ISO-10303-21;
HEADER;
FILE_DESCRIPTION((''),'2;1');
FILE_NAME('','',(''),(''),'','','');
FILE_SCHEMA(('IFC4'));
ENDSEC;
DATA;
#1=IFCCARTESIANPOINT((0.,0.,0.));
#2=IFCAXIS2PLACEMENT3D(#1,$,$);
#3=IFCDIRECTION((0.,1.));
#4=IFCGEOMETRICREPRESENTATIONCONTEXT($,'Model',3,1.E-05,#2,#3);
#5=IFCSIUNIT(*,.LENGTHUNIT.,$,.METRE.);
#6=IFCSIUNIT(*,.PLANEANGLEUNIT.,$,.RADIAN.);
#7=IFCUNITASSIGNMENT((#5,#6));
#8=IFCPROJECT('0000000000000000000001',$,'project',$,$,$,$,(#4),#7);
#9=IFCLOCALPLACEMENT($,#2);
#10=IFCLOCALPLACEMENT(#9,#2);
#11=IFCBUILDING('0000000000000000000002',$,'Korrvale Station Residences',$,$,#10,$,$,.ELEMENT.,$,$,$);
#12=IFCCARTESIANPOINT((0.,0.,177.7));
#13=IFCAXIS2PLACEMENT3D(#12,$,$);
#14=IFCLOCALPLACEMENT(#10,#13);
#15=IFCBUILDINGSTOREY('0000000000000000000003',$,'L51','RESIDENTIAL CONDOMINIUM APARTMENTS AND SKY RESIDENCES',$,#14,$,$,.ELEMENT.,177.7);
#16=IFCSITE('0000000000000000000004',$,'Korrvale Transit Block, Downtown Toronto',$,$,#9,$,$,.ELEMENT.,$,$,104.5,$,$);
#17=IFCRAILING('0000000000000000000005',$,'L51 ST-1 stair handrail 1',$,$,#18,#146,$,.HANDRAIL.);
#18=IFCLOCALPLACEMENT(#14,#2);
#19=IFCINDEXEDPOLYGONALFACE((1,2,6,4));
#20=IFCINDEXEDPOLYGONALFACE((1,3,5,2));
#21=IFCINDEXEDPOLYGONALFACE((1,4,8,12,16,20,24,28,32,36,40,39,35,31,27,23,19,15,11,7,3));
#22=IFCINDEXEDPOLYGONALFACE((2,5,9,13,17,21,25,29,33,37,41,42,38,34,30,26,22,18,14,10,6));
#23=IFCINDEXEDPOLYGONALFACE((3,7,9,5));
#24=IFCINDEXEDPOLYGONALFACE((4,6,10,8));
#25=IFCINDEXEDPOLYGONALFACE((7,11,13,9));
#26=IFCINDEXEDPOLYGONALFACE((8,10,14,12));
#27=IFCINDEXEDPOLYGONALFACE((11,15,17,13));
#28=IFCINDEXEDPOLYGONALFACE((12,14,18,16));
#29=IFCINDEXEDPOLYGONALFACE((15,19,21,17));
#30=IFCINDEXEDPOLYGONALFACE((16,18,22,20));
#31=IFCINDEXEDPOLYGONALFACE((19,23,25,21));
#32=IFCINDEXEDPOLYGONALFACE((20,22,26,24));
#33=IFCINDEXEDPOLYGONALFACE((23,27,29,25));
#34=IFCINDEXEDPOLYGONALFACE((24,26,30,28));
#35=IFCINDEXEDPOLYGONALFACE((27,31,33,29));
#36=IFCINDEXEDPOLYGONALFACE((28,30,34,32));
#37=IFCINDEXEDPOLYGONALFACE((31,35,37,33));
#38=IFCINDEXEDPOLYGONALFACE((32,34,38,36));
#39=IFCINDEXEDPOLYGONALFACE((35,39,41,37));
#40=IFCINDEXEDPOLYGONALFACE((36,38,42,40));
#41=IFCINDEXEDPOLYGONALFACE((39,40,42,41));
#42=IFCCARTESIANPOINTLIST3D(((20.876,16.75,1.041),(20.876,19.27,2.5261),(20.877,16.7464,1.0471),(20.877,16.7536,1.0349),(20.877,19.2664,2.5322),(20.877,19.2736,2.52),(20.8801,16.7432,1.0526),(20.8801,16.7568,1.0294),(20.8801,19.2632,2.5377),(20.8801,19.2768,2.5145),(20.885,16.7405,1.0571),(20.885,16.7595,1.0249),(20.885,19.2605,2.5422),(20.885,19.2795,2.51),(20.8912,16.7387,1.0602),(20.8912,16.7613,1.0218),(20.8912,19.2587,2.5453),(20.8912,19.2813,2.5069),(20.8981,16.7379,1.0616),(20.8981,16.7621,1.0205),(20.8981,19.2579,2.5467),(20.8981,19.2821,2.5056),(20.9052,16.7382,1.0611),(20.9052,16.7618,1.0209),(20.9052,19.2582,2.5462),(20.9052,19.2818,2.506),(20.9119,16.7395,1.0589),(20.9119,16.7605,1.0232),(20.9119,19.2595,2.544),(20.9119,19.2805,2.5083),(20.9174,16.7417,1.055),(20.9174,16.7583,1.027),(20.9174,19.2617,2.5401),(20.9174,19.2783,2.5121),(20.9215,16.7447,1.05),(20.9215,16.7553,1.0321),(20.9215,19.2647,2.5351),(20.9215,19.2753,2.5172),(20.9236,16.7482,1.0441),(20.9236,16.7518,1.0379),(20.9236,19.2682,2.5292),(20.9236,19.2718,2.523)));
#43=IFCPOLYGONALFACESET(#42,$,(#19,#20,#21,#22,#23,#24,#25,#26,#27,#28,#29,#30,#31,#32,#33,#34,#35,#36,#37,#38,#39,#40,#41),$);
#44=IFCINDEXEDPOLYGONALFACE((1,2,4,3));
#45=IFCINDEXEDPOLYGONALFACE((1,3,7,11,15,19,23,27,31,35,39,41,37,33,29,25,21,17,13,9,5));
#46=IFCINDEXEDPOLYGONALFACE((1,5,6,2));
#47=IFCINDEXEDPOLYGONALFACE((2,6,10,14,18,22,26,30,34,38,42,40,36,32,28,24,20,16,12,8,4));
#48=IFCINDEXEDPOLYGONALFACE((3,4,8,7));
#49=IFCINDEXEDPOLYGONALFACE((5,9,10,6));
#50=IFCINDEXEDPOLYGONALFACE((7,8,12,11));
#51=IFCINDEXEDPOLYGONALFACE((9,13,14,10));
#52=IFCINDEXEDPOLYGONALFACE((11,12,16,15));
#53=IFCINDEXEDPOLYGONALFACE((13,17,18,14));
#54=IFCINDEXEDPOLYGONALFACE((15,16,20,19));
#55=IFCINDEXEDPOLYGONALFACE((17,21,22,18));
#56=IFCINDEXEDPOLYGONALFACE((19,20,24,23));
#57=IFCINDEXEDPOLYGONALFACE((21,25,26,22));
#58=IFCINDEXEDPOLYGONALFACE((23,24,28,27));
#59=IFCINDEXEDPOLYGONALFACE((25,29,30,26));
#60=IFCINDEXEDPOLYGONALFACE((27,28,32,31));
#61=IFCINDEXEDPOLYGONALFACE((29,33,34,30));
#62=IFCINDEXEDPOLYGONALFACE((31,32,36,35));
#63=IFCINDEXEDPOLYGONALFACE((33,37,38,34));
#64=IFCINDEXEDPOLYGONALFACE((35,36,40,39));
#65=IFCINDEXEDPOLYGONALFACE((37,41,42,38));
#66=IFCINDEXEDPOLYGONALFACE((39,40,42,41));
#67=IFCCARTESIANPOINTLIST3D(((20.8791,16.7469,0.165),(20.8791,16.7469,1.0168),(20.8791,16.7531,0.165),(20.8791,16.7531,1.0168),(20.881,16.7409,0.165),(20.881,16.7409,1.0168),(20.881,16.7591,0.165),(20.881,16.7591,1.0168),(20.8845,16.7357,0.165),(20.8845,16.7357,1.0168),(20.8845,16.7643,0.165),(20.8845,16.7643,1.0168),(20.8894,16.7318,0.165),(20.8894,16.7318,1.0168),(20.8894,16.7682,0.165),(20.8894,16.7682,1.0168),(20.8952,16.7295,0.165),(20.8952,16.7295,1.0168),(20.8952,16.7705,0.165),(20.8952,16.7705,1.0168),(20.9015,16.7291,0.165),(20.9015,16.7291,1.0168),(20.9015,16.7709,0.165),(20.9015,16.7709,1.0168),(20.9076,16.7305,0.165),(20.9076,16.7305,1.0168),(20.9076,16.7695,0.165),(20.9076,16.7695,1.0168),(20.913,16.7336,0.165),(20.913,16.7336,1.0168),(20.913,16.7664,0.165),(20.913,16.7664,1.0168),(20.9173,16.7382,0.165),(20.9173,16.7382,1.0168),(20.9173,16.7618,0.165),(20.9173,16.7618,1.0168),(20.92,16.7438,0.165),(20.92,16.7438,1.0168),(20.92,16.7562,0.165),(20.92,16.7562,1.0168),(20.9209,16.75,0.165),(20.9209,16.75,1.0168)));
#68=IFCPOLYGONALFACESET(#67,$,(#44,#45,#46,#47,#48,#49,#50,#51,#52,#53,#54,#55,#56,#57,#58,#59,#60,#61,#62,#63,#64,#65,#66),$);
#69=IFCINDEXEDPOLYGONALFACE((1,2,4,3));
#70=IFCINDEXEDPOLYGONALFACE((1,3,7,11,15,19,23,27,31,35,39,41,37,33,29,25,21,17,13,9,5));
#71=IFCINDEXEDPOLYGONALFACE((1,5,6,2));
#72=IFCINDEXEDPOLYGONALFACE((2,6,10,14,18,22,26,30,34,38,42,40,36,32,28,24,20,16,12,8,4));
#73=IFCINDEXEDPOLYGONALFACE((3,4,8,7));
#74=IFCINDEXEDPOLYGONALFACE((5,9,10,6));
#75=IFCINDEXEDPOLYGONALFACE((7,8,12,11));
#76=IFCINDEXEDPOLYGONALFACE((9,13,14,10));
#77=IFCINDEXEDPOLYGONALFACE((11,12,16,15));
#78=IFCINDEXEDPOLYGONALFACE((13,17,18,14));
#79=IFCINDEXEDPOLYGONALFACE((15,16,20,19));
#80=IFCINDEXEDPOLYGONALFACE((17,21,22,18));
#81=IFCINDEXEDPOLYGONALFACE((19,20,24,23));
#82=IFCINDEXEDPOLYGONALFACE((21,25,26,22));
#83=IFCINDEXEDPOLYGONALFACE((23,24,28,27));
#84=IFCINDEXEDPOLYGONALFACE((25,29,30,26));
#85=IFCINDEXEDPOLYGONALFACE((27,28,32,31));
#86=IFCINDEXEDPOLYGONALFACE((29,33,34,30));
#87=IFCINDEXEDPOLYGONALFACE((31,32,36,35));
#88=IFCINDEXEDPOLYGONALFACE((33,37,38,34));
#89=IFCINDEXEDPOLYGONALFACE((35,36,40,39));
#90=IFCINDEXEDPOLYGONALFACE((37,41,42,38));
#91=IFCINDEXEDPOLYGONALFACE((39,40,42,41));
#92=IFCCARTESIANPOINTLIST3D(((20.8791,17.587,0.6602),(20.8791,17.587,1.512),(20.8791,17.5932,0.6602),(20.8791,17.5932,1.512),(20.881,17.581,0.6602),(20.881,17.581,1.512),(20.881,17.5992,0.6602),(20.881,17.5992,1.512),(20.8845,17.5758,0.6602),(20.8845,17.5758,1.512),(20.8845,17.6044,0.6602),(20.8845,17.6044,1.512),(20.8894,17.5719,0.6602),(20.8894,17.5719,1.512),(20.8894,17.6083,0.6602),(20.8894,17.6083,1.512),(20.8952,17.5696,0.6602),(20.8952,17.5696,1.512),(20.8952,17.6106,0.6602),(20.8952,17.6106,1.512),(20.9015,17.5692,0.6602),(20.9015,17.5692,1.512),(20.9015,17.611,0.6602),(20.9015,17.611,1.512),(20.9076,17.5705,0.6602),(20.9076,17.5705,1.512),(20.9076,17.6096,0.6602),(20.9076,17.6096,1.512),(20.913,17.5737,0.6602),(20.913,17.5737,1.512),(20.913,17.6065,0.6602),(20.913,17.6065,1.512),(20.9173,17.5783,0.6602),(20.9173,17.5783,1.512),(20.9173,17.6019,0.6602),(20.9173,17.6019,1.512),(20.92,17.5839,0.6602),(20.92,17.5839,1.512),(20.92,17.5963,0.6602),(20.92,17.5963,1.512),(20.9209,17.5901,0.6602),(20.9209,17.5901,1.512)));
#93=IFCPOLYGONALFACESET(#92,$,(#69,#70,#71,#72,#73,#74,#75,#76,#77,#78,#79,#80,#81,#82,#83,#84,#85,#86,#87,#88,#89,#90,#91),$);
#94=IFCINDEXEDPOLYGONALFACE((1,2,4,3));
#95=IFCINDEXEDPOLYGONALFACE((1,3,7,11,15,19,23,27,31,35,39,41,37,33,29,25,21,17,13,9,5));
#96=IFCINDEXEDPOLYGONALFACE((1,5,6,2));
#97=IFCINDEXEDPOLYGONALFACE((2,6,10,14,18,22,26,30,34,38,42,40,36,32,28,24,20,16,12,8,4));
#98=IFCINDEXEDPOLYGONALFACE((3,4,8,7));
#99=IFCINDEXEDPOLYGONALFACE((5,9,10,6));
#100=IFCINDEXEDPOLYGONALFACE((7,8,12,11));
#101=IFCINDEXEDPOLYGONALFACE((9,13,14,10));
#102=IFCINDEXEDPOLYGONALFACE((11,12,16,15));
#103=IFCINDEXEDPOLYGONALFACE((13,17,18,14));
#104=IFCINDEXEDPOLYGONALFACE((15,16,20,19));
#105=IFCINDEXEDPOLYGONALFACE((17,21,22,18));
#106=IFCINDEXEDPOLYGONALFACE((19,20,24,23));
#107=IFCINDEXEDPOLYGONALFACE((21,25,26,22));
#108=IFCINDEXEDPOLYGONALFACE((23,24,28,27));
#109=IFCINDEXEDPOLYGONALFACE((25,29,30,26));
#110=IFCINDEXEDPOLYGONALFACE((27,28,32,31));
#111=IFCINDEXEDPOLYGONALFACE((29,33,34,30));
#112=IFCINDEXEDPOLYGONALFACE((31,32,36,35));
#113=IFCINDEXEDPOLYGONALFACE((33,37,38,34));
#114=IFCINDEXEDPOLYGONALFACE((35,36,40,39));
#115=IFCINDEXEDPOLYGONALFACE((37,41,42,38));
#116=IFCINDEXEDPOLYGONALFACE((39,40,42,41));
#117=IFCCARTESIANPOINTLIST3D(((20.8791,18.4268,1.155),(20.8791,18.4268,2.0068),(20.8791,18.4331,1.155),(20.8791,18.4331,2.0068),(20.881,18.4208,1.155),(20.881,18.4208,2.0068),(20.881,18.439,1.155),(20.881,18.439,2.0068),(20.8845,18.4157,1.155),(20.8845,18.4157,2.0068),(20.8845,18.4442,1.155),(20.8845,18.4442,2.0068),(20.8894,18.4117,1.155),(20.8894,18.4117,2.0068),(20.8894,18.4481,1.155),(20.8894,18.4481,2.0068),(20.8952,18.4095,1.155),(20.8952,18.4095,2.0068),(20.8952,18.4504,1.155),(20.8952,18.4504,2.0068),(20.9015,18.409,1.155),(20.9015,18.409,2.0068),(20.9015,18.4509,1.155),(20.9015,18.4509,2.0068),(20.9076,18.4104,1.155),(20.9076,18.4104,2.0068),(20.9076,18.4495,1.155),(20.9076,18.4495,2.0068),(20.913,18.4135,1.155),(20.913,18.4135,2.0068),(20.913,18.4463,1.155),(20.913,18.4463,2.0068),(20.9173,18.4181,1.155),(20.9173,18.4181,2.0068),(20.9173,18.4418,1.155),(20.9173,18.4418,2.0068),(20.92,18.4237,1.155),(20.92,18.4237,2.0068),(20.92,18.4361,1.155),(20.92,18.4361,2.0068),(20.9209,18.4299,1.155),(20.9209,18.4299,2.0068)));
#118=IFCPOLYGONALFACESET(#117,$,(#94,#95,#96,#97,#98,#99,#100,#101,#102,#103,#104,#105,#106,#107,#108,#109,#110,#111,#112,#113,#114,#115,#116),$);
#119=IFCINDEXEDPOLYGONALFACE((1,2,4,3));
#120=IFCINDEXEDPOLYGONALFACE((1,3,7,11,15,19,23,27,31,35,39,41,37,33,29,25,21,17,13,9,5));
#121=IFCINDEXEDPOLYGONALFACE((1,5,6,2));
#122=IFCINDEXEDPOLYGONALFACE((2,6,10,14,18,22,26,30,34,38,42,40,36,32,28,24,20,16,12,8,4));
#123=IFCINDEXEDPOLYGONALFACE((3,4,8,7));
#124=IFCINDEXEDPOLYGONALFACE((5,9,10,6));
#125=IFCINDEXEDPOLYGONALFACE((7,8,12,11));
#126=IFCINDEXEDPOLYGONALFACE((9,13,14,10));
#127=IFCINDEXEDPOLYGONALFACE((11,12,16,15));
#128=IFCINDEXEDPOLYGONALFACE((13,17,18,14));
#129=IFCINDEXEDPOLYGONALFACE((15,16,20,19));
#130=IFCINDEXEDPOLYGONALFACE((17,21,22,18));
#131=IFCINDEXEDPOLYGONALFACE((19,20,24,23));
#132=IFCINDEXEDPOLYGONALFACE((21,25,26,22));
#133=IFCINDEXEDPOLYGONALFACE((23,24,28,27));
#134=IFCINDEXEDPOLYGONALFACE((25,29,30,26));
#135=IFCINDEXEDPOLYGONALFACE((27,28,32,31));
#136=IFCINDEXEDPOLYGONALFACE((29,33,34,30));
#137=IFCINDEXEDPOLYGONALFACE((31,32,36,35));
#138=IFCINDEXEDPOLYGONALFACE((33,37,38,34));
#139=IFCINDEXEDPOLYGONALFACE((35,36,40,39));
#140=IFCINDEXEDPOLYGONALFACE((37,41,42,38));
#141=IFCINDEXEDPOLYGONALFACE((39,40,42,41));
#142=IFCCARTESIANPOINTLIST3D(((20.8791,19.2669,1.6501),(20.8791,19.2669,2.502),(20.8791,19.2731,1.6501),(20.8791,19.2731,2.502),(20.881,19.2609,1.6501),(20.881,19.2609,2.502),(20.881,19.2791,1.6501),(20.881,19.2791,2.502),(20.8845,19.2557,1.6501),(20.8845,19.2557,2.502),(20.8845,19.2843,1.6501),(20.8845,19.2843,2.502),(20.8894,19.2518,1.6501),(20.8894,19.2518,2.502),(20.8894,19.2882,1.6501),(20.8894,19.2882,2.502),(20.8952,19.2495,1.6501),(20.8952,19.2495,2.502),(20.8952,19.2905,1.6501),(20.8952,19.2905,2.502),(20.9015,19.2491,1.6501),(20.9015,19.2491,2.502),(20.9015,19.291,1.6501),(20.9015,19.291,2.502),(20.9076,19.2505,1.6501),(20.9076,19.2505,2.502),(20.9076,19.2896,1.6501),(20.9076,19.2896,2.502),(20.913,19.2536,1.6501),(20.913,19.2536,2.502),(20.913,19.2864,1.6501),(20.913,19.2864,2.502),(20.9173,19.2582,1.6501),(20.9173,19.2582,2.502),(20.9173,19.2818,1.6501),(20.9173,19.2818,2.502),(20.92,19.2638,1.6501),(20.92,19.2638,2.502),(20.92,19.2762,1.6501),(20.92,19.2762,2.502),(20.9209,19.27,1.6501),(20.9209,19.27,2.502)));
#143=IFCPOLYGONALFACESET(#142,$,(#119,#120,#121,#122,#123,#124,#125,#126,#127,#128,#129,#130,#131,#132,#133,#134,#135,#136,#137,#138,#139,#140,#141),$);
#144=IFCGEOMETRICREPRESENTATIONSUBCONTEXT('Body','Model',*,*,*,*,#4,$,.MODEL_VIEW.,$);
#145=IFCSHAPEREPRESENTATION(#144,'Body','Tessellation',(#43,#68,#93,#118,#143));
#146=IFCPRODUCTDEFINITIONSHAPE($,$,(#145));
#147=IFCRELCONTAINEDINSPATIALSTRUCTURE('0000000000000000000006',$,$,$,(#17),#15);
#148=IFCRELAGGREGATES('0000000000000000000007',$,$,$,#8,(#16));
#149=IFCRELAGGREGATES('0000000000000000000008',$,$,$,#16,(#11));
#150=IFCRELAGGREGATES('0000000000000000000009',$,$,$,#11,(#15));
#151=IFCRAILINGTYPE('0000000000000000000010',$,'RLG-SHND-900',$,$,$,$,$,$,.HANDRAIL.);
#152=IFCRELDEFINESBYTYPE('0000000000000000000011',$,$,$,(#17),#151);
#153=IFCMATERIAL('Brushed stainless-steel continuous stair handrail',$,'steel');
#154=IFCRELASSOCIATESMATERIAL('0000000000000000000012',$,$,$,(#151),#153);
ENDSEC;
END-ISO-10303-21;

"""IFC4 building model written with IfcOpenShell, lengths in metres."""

from ifc_helpers import new_model, si_unit, direction, frame, origin, origin_2d, place, context, subcontext, project, spatial, circle, extrude, material, type_object, element, save


model = new_model("IFC4")

# Units and contexts
model_context = context("Model", 3, precision=1e-05, world=origin(), true_north=direction((0.0, 1.0)))
body_context = subcontext(model_context, "Body", "Model", "MODEL_VIEW")
ifc_project = project(units=[si_unit("LENGTHUNIT", "METRE"), si_unit("PLANEANGLEUNIT", "RADIAN")], contexts=[model_context])

# Site, building, storey
site_placement = place(None, origin())
site = spatial("IfcSite", under=ifc_project, at=site_placement, Name="Korrvale Transit Block, Downtown Toronto", CompositionType="ELEMENT", RefElevation=104.5)
building_placement = place(site_placement, origin())
building = spatial("IfcBuilding", under=site, at=building_placement, Name="Korrvale Station Residences", CompositionType="ELEMENT")
storey_placement = place(building_placement, frame((0.0, 0.0, 177.7)))
storey = spatial("IfcBuildingStorey", under=building, at=storey_placement, Name="L51", Description="RESIDENTIAL CONDOMINIUM APARTMENTS AND SKY RESIDENCES", CompositionType="ELEMENT", Elevation=177.7)

# Railing
ifc_material_1 = material(Name="Brushed stainless-steel continuous stair handrail", Category="steel")
railing_type_1 = type_object("IfcRailingType", Name="RLG-SHND-900", PredefinedType="HANDRAIL", material=ifc_material_1)
railing_1_placement = place(storey_placement, frame((20.8999, 16.75, 0.165)))
element("IfcRailing", 1, at=railing_1_placement, inside=storey, type_object=railing_type_1, Name="L51 ST-1 stair handrail 1", PredefinedType="HANDRAIL", context=body_context, shape_type="SweptSolid", body=[
    extrude(circle(Radius=0.0239, at=origin_2d()), frame((0.0, 0.0, 0.876), z_axis=(0.0, 0.861524, 0.507717), x_axis=(-1.0, 0.0, 0.0)), (0.0, 0.0, 1.0), 2.925),
    extrude(circle(Radius=0.021, at=origin_2d()), origin(), (0.0, 0.0, 1.0), 0.8518),
    extrude(circle(Radius=0.021, at=origin_2d()), frame((0.0, 0.8401, 0.4951)), (0.0, 0.0, 1.0), 0.8518),
    extrude(circle(Radius=0.021, at=origin_2d()), frame((0.0, 1.6799, 0.99)), (0.0, 0.0, 1.0), 0.8518),
    extrude(circle(Radius=0.021, at=origin_2d()), frame((0.0, 2.52, 1.4851)), (0.0, 0.0, 1.0), 0.8518),
])

save(model, "model.ifc")
